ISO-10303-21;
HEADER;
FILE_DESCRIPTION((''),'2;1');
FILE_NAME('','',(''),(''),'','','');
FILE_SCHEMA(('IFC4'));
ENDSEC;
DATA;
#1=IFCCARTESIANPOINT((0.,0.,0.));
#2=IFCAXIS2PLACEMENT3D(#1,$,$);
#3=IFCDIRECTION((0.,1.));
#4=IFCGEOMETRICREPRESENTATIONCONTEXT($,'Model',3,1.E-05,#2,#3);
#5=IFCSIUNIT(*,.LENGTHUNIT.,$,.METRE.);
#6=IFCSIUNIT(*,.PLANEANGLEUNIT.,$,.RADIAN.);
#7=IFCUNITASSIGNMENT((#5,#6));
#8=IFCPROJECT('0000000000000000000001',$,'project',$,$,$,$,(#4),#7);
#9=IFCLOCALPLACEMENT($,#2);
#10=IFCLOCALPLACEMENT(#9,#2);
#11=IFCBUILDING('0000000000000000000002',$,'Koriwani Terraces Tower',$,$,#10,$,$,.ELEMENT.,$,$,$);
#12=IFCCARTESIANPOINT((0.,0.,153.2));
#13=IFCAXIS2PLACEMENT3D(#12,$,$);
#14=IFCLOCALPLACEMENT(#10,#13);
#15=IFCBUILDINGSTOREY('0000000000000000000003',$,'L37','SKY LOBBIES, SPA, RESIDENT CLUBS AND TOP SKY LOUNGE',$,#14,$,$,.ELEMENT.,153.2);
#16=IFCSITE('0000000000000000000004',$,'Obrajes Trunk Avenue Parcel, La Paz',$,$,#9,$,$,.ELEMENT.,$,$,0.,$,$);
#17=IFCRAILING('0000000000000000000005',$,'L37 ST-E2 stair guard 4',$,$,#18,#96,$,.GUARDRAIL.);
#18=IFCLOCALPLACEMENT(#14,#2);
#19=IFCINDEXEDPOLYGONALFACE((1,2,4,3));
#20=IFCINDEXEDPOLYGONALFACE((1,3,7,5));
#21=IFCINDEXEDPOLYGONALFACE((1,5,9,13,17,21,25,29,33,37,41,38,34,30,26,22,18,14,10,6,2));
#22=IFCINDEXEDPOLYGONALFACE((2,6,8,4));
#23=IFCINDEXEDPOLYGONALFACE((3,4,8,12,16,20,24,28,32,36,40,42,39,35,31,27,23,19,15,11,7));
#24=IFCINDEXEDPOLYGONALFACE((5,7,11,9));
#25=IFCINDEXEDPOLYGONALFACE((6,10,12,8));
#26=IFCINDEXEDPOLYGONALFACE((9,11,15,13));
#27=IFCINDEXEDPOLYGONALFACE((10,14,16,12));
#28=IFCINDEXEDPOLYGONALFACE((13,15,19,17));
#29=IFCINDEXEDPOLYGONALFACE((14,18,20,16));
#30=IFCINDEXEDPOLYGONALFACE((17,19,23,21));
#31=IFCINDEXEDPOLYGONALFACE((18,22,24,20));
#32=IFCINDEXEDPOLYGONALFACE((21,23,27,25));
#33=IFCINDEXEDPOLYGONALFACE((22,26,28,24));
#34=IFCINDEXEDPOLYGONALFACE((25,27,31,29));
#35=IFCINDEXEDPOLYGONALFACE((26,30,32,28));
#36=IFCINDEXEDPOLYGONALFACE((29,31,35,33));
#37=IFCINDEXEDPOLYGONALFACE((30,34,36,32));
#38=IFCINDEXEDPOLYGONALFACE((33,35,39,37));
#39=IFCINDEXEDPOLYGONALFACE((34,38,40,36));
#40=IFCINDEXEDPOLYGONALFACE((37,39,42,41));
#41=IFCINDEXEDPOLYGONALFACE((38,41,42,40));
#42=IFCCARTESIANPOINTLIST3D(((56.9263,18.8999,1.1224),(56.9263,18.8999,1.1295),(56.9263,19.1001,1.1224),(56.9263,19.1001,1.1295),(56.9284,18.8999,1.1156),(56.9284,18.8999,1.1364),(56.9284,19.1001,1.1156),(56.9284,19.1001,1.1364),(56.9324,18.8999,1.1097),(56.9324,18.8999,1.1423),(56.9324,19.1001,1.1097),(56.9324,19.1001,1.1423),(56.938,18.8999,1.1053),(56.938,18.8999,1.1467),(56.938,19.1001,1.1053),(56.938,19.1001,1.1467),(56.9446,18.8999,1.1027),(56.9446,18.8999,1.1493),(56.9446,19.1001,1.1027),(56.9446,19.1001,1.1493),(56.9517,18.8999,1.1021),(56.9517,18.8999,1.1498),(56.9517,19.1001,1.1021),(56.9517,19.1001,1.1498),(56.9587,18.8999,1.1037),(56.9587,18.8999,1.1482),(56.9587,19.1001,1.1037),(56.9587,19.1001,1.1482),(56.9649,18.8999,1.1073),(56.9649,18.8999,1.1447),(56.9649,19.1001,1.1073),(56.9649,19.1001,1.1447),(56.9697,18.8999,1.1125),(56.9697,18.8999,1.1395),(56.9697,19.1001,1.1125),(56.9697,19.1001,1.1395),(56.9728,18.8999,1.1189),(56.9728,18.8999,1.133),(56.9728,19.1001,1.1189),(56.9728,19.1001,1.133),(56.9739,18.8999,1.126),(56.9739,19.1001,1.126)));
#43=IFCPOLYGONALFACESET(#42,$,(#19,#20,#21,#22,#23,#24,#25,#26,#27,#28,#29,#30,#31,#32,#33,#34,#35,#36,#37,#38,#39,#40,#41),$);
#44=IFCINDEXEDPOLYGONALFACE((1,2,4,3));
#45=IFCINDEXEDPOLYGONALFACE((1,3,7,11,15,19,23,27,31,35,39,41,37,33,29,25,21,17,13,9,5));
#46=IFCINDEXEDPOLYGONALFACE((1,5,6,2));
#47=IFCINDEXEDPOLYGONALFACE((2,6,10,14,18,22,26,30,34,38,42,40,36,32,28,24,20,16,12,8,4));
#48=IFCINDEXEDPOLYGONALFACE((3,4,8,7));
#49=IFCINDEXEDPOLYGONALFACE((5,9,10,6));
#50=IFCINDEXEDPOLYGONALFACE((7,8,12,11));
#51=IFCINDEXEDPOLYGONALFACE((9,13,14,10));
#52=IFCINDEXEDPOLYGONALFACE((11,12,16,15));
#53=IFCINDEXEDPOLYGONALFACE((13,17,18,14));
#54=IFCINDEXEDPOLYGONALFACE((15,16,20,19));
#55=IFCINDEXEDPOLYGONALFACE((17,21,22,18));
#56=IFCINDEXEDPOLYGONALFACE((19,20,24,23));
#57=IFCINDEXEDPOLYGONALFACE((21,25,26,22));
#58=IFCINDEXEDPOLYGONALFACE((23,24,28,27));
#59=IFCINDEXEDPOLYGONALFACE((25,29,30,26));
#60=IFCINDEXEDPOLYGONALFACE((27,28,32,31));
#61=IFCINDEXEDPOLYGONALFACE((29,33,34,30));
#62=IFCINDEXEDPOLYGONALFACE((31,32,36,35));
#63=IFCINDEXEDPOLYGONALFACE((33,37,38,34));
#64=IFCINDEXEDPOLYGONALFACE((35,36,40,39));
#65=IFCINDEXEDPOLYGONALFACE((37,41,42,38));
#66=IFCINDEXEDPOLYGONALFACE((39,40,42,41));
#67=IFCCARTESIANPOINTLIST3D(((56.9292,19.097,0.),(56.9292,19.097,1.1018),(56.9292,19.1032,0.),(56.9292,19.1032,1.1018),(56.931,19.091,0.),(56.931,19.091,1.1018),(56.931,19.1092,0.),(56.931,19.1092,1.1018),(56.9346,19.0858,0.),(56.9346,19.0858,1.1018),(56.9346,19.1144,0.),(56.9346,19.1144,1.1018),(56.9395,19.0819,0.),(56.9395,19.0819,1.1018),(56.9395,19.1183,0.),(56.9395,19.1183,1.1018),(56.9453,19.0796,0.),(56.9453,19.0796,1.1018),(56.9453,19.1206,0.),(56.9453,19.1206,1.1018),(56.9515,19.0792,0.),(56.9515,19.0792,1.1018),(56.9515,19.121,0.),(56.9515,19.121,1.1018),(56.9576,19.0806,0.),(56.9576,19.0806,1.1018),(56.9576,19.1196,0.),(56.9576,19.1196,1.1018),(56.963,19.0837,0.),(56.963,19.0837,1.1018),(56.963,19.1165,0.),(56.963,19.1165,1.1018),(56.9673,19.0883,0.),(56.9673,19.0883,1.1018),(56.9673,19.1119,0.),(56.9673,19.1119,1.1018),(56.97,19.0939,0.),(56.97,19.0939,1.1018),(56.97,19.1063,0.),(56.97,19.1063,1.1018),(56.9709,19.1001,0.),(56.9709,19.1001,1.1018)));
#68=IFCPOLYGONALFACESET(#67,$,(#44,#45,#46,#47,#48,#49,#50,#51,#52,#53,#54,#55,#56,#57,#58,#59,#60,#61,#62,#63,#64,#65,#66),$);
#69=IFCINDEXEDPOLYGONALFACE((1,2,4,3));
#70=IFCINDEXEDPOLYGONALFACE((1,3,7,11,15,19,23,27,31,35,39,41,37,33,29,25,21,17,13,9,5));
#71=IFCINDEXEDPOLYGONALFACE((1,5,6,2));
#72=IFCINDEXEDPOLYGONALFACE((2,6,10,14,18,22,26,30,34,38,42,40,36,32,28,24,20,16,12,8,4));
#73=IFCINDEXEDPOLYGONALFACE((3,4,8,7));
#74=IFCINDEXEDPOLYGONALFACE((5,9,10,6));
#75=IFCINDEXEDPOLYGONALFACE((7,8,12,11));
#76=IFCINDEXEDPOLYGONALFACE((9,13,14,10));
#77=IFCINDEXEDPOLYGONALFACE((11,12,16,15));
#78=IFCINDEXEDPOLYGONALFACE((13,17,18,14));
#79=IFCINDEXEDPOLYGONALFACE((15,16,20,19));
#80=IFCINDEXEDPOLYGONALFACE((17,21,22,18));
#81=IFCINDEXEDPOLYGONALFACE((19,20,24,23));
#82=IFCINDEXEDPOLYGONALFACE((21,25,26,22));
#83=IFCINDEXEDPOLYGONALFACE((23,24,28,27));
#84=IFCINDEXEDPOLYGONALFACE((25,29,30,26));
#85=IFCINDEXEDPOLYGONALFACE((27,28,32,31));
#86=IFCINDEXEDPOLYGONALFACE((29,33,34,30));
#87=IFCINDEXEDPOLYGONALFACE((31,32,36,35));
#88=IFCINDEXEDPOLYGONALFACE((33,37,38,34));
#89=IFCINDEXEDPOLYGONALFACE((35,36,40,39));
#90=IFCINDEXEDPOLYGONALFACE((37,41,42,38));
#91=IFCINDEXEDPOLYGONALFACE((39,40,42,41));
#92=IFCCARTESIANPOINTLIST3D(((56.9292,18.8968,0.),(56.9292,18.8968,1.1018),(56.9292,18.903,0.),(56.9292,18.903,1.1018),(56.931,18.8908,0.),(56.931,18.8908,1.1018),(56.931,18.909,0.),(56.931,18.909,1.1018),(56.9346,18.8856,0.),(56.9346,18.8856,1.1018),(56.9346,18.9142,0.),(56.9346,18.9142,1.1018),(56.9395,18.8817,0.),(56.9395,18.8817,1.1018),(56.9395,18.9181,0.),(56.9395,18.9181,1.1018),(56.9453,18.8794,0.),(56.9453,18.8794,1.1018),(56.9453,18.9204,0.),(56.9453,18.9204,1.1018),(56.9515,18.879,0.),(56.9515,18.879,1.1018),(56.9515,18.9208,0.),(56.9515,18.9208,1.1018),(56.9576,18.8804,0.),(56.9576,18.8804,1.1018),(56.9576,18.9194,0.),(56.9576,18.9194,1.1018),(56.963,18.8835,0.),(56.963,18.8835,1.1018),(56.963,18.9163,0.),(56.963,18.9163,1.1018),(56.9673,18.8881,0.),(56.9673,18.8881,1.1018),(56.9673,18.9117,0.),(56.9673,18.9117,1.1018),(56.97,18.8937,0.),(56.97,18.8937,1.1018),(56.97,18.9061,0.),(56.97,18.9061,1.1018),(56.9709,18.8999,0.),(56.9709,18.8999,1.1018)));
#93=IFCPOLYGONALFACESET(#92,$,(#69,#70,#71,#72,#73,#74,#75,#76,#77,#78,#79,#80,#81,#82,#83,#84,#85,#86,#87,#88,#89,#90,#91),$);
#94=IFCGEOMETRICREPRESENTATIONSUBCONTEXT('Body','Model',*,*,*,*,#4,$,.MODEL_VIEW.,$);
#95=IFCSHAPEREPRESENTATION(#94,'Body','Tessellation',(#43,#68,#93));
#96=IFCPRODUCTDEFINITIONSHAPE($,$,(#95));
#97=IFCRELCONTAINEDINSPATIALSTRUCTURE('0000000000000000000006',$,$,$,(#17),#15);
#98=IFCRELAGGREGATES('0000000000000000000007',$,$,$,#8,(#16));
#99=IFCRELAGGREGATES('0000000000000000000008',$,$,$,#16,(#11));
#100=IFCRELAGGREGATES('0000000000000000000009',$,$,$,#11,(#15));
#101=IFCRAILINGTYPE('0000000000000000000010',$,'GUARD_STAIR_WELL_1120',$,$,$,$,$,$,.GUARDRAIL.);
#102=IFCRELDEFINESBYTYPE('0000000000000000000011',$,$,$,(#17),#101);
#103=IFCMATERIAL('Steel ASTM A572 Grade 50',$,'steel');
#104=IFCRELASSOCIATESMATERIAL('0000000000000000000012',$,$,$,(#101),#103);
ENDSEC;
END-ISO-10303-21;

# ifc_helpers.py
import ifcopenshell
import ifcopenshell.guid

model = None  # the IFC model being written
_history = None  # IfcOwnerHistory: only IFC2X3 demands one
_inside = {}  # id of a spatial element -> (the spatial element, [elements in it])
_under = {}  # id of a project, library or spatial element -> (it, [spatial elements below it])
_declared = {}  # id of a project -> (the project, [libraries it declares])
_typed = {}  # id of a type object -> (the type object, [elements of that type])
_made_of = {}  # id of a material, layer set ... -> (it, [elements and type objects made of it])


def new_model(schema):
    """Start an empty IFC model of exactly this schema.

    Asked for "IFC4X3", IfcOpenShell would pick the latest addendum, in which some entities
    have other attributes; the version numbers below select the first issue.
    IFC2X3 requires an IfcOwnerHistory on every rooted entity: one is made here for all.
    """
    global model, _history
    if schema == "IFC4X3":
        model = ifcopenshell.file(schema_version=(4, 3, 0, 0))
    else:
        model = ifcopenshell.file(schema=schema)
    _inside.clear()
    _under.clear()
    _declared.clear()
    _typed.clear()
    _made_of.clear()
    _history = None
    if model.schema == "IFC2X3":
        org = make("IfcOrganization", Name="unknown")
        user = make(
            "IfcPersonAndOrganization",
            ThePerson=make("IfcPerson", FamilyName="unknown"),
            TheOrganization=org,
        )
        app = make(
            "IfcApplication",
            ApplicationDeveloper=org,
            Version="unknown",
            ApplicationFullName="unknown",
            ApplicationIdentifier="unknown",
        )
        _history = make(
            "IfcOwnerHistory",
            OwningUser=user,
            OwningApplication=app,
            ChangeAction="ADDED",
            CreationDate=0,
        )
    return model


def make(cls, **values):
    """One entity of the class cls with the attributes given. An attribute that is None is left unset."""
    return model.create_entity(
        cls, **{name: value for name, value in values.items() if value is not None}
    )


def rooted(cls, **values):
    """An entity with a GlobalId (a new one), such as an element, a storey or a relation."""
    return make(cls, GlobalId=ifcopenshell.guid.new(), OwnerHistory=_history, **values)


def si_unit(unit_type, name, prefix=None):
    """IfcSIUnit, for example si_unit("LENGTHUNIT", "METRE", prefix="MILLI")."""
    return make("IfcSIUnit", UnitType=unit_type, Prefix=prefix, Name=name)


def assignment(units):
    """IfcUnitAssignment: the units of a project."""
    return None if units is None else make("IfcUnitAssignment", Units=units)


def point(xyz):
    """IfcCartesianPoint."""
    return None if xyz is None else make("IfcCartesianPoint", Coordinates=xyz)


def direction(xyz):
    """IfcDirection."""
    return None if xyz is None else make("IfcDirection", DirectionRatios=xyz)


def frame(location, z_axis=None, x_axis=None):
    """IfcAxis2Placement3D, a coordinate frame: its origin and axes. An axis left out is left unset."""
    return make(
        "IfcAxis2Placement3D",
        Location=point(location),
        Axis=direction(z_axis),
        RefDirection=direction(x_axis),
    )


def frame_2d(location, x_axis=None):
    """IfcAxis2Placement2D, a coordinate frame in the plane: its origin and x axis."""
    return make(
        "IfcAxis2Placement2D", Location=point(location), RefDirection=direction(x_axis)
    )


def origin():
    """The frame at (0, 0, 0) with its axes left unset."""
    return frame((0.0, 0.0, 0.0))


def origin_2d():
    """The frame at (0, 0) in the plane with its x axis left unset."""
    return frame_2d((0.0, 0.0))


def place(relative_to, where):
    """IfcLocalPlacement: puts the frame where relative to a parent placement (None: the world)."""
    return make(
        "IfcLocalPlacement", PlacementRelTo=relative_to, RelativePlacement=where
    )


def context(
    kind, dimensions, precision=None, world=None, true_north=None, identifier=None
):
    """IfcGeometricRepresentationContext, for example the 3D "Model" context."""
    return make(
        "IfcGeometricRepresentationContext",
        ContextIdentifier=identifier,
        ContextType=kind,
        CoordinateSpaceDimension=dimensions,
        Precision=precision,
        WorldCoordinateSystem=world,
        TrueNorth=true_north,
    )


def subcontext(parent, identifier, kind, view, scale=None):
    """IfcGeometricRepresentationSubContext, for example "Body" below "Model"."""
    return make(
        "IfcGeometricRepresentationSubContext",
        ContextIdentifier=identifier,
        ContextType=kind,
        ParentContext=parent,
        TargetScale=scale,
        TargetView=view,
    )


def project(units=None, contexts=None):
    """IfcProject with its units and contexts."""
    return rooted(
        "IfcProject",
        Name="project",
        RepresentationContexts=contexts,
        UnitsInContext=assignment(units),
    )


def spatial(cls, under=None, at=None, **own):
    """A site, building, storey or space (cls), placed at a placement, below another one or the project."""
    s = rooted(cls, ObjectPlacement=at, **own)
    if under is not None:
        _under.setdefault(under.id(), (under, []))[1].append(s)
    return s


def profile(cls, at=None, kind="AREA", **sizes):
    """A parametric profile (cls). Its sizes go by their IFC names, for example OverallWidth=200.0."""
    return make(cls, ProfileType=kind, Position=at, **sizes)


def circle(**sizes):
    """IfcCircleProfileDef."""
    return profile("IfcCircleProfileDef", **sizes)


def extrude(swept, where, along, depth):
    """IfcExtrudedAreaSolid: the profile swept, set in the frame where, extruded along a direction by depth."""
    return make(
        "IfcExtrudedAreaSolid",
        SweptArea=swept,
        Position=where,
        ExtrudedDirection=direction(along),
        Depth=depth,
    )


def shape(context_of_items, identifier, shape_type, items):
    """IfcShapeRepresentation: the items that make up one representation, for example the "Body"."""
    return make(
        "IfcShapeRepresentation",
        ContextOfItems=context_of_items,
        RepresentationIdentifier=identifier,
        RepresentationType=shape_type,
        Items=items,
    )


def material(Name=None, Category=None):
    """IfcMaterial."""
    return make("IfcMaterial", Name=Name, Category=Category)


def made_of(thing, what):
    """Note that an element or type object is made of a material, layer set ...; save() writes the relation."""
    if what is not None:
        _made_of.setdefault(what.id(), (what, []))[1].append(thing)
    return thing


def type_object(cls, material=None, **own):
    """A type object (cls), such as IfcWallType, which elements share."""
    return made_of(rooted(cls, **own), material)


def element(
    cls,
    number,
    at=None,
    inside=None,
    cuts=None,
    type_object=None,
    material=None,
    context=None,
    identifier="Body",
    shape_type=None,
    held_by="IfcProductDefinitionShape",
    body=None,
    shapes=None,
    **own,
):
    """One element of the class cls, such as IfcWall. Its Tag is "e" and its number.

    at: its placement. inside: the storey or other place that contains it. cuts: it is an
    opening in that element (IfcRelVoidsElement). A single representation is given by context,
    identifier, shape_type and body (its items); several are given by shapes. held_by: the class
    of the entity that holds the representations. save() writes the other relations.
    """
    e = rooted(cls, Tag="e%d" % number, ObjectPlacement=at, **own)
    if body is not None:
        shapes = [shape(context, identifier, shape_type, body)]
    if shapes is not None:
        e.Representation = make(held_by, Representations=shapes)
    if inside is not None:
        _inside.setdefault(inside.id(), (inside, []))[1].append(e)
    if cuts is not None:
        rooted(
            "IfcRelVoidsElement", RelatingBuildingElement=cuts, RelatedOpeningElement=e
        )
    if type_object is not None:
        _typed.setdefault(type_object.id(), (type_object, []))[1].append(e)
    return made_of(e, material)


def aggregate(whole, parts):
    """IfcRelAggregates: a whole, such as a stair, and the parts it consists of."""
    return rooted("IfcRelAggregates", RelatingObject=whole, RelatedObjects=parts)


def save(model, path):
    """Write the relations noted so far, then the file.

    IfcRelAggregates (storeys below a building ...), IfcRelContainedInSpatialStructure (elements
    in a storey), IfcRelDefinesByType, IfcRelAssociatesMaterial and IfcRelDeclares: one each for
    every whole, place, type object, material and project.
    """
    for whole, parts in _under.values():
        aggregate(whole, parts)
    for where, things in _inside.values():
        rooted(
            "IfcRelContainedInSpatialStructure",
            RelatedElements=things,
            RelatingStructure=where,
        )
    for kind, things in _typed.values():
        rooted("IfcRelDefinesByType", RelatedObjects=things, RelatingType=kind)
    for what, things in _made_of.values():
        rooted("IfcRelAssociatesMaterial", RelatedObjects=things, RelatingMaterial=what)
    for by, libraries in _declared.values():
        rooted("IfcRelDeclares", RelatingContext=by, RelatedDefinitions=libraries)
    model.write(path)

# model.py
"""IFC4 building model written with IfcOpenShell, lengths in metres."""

from ifc_helpers import new_model, si_unit, direction, frame, origin, origin_2d, place, context, subcontext, project, spatial, circle, extrude, material, type_object, element, save


model = new_model("IFC4")

# Units and contexts
model_context = context("Model", 3, precision=1e-05, world=origin(), true_north=direction((0.0, 1.0)))
body_context = subcontext(model_context, "Body", "Model", "MODEL_VIEW")
ifc_project = project(units=[si_unit("LENGTHUNIT", "METRE"), si_unit("PLANEANGLEUNIT", "RADIAN")], contexts=[model_context])

# Site, building, storey
site_placement = place(None, origin())
site = spatial("IfcSite", under=ifc_project, at=site_placement, Name="Obrajes Trunk Avenue Parcel, La Paz", CompositionType="ELEMENT", RefElevation=0.0)
building_placement = place(site_placement, origin())
building = spatial("IfcBuilding", under=site, at=building_placement, Name="Koriwani Terraces Tower", CompositionType="ELEMENT")
storey_placement = place(building_placement, frame((0.0, 0.0, 153.2)))
storey = spatial("IfcBuildingStorey", under=building, at=storey_placement, Name="L37", Description="SKY LOBBIES, SPA, RESIDENT CLUBS AND TOP SKY LOUNGE", CompositionType="ELEMENT", Elevation=153.2)

# Shared definitions
ifc_material_1 = material(Name="Steel ASTM A572 Grade 50", Category="steel")

# Railing
railing_type_1 = type_object("IfcRailingType", Name="GUARD_STAIR_WELL_1120", PredefinedType="GUARDRAIL", material=ifc_material_1)
railing_1_placement = place(storey_placement, frame((56.95, 19.1001, 0.0)))
element("IfcRailing", 1, at=railing_1_placement, inside=storey, type_object=railing_type_1, Name="L37 ST-E2 stair guard 4", PredefinedType="GUARDRAIL", context=body_context, shape_type="SweptSolid", body=[
    extrude(circle(Radius=0.0239, at=origin_2d()), frame((0.0, 0.0, 1.126), z_axis=(0.0, -1.0, 0.0), x_axis=(1.0, 0.0, 0.0)), (0.0, 0.0, 1.0), 0.2002),
    extrude(circle(Radius=0.021, at=origin_2d()), origin(), (0.0, 0.0, 1.0), 1.1018),
    extrude(circle(Radius=0.021, at=origin_2d()), frame((0.0, -0.2002, 0.0)), (0.0, 0.0, 1.0), 1.1018),
])

save(model, "model.ifc")
